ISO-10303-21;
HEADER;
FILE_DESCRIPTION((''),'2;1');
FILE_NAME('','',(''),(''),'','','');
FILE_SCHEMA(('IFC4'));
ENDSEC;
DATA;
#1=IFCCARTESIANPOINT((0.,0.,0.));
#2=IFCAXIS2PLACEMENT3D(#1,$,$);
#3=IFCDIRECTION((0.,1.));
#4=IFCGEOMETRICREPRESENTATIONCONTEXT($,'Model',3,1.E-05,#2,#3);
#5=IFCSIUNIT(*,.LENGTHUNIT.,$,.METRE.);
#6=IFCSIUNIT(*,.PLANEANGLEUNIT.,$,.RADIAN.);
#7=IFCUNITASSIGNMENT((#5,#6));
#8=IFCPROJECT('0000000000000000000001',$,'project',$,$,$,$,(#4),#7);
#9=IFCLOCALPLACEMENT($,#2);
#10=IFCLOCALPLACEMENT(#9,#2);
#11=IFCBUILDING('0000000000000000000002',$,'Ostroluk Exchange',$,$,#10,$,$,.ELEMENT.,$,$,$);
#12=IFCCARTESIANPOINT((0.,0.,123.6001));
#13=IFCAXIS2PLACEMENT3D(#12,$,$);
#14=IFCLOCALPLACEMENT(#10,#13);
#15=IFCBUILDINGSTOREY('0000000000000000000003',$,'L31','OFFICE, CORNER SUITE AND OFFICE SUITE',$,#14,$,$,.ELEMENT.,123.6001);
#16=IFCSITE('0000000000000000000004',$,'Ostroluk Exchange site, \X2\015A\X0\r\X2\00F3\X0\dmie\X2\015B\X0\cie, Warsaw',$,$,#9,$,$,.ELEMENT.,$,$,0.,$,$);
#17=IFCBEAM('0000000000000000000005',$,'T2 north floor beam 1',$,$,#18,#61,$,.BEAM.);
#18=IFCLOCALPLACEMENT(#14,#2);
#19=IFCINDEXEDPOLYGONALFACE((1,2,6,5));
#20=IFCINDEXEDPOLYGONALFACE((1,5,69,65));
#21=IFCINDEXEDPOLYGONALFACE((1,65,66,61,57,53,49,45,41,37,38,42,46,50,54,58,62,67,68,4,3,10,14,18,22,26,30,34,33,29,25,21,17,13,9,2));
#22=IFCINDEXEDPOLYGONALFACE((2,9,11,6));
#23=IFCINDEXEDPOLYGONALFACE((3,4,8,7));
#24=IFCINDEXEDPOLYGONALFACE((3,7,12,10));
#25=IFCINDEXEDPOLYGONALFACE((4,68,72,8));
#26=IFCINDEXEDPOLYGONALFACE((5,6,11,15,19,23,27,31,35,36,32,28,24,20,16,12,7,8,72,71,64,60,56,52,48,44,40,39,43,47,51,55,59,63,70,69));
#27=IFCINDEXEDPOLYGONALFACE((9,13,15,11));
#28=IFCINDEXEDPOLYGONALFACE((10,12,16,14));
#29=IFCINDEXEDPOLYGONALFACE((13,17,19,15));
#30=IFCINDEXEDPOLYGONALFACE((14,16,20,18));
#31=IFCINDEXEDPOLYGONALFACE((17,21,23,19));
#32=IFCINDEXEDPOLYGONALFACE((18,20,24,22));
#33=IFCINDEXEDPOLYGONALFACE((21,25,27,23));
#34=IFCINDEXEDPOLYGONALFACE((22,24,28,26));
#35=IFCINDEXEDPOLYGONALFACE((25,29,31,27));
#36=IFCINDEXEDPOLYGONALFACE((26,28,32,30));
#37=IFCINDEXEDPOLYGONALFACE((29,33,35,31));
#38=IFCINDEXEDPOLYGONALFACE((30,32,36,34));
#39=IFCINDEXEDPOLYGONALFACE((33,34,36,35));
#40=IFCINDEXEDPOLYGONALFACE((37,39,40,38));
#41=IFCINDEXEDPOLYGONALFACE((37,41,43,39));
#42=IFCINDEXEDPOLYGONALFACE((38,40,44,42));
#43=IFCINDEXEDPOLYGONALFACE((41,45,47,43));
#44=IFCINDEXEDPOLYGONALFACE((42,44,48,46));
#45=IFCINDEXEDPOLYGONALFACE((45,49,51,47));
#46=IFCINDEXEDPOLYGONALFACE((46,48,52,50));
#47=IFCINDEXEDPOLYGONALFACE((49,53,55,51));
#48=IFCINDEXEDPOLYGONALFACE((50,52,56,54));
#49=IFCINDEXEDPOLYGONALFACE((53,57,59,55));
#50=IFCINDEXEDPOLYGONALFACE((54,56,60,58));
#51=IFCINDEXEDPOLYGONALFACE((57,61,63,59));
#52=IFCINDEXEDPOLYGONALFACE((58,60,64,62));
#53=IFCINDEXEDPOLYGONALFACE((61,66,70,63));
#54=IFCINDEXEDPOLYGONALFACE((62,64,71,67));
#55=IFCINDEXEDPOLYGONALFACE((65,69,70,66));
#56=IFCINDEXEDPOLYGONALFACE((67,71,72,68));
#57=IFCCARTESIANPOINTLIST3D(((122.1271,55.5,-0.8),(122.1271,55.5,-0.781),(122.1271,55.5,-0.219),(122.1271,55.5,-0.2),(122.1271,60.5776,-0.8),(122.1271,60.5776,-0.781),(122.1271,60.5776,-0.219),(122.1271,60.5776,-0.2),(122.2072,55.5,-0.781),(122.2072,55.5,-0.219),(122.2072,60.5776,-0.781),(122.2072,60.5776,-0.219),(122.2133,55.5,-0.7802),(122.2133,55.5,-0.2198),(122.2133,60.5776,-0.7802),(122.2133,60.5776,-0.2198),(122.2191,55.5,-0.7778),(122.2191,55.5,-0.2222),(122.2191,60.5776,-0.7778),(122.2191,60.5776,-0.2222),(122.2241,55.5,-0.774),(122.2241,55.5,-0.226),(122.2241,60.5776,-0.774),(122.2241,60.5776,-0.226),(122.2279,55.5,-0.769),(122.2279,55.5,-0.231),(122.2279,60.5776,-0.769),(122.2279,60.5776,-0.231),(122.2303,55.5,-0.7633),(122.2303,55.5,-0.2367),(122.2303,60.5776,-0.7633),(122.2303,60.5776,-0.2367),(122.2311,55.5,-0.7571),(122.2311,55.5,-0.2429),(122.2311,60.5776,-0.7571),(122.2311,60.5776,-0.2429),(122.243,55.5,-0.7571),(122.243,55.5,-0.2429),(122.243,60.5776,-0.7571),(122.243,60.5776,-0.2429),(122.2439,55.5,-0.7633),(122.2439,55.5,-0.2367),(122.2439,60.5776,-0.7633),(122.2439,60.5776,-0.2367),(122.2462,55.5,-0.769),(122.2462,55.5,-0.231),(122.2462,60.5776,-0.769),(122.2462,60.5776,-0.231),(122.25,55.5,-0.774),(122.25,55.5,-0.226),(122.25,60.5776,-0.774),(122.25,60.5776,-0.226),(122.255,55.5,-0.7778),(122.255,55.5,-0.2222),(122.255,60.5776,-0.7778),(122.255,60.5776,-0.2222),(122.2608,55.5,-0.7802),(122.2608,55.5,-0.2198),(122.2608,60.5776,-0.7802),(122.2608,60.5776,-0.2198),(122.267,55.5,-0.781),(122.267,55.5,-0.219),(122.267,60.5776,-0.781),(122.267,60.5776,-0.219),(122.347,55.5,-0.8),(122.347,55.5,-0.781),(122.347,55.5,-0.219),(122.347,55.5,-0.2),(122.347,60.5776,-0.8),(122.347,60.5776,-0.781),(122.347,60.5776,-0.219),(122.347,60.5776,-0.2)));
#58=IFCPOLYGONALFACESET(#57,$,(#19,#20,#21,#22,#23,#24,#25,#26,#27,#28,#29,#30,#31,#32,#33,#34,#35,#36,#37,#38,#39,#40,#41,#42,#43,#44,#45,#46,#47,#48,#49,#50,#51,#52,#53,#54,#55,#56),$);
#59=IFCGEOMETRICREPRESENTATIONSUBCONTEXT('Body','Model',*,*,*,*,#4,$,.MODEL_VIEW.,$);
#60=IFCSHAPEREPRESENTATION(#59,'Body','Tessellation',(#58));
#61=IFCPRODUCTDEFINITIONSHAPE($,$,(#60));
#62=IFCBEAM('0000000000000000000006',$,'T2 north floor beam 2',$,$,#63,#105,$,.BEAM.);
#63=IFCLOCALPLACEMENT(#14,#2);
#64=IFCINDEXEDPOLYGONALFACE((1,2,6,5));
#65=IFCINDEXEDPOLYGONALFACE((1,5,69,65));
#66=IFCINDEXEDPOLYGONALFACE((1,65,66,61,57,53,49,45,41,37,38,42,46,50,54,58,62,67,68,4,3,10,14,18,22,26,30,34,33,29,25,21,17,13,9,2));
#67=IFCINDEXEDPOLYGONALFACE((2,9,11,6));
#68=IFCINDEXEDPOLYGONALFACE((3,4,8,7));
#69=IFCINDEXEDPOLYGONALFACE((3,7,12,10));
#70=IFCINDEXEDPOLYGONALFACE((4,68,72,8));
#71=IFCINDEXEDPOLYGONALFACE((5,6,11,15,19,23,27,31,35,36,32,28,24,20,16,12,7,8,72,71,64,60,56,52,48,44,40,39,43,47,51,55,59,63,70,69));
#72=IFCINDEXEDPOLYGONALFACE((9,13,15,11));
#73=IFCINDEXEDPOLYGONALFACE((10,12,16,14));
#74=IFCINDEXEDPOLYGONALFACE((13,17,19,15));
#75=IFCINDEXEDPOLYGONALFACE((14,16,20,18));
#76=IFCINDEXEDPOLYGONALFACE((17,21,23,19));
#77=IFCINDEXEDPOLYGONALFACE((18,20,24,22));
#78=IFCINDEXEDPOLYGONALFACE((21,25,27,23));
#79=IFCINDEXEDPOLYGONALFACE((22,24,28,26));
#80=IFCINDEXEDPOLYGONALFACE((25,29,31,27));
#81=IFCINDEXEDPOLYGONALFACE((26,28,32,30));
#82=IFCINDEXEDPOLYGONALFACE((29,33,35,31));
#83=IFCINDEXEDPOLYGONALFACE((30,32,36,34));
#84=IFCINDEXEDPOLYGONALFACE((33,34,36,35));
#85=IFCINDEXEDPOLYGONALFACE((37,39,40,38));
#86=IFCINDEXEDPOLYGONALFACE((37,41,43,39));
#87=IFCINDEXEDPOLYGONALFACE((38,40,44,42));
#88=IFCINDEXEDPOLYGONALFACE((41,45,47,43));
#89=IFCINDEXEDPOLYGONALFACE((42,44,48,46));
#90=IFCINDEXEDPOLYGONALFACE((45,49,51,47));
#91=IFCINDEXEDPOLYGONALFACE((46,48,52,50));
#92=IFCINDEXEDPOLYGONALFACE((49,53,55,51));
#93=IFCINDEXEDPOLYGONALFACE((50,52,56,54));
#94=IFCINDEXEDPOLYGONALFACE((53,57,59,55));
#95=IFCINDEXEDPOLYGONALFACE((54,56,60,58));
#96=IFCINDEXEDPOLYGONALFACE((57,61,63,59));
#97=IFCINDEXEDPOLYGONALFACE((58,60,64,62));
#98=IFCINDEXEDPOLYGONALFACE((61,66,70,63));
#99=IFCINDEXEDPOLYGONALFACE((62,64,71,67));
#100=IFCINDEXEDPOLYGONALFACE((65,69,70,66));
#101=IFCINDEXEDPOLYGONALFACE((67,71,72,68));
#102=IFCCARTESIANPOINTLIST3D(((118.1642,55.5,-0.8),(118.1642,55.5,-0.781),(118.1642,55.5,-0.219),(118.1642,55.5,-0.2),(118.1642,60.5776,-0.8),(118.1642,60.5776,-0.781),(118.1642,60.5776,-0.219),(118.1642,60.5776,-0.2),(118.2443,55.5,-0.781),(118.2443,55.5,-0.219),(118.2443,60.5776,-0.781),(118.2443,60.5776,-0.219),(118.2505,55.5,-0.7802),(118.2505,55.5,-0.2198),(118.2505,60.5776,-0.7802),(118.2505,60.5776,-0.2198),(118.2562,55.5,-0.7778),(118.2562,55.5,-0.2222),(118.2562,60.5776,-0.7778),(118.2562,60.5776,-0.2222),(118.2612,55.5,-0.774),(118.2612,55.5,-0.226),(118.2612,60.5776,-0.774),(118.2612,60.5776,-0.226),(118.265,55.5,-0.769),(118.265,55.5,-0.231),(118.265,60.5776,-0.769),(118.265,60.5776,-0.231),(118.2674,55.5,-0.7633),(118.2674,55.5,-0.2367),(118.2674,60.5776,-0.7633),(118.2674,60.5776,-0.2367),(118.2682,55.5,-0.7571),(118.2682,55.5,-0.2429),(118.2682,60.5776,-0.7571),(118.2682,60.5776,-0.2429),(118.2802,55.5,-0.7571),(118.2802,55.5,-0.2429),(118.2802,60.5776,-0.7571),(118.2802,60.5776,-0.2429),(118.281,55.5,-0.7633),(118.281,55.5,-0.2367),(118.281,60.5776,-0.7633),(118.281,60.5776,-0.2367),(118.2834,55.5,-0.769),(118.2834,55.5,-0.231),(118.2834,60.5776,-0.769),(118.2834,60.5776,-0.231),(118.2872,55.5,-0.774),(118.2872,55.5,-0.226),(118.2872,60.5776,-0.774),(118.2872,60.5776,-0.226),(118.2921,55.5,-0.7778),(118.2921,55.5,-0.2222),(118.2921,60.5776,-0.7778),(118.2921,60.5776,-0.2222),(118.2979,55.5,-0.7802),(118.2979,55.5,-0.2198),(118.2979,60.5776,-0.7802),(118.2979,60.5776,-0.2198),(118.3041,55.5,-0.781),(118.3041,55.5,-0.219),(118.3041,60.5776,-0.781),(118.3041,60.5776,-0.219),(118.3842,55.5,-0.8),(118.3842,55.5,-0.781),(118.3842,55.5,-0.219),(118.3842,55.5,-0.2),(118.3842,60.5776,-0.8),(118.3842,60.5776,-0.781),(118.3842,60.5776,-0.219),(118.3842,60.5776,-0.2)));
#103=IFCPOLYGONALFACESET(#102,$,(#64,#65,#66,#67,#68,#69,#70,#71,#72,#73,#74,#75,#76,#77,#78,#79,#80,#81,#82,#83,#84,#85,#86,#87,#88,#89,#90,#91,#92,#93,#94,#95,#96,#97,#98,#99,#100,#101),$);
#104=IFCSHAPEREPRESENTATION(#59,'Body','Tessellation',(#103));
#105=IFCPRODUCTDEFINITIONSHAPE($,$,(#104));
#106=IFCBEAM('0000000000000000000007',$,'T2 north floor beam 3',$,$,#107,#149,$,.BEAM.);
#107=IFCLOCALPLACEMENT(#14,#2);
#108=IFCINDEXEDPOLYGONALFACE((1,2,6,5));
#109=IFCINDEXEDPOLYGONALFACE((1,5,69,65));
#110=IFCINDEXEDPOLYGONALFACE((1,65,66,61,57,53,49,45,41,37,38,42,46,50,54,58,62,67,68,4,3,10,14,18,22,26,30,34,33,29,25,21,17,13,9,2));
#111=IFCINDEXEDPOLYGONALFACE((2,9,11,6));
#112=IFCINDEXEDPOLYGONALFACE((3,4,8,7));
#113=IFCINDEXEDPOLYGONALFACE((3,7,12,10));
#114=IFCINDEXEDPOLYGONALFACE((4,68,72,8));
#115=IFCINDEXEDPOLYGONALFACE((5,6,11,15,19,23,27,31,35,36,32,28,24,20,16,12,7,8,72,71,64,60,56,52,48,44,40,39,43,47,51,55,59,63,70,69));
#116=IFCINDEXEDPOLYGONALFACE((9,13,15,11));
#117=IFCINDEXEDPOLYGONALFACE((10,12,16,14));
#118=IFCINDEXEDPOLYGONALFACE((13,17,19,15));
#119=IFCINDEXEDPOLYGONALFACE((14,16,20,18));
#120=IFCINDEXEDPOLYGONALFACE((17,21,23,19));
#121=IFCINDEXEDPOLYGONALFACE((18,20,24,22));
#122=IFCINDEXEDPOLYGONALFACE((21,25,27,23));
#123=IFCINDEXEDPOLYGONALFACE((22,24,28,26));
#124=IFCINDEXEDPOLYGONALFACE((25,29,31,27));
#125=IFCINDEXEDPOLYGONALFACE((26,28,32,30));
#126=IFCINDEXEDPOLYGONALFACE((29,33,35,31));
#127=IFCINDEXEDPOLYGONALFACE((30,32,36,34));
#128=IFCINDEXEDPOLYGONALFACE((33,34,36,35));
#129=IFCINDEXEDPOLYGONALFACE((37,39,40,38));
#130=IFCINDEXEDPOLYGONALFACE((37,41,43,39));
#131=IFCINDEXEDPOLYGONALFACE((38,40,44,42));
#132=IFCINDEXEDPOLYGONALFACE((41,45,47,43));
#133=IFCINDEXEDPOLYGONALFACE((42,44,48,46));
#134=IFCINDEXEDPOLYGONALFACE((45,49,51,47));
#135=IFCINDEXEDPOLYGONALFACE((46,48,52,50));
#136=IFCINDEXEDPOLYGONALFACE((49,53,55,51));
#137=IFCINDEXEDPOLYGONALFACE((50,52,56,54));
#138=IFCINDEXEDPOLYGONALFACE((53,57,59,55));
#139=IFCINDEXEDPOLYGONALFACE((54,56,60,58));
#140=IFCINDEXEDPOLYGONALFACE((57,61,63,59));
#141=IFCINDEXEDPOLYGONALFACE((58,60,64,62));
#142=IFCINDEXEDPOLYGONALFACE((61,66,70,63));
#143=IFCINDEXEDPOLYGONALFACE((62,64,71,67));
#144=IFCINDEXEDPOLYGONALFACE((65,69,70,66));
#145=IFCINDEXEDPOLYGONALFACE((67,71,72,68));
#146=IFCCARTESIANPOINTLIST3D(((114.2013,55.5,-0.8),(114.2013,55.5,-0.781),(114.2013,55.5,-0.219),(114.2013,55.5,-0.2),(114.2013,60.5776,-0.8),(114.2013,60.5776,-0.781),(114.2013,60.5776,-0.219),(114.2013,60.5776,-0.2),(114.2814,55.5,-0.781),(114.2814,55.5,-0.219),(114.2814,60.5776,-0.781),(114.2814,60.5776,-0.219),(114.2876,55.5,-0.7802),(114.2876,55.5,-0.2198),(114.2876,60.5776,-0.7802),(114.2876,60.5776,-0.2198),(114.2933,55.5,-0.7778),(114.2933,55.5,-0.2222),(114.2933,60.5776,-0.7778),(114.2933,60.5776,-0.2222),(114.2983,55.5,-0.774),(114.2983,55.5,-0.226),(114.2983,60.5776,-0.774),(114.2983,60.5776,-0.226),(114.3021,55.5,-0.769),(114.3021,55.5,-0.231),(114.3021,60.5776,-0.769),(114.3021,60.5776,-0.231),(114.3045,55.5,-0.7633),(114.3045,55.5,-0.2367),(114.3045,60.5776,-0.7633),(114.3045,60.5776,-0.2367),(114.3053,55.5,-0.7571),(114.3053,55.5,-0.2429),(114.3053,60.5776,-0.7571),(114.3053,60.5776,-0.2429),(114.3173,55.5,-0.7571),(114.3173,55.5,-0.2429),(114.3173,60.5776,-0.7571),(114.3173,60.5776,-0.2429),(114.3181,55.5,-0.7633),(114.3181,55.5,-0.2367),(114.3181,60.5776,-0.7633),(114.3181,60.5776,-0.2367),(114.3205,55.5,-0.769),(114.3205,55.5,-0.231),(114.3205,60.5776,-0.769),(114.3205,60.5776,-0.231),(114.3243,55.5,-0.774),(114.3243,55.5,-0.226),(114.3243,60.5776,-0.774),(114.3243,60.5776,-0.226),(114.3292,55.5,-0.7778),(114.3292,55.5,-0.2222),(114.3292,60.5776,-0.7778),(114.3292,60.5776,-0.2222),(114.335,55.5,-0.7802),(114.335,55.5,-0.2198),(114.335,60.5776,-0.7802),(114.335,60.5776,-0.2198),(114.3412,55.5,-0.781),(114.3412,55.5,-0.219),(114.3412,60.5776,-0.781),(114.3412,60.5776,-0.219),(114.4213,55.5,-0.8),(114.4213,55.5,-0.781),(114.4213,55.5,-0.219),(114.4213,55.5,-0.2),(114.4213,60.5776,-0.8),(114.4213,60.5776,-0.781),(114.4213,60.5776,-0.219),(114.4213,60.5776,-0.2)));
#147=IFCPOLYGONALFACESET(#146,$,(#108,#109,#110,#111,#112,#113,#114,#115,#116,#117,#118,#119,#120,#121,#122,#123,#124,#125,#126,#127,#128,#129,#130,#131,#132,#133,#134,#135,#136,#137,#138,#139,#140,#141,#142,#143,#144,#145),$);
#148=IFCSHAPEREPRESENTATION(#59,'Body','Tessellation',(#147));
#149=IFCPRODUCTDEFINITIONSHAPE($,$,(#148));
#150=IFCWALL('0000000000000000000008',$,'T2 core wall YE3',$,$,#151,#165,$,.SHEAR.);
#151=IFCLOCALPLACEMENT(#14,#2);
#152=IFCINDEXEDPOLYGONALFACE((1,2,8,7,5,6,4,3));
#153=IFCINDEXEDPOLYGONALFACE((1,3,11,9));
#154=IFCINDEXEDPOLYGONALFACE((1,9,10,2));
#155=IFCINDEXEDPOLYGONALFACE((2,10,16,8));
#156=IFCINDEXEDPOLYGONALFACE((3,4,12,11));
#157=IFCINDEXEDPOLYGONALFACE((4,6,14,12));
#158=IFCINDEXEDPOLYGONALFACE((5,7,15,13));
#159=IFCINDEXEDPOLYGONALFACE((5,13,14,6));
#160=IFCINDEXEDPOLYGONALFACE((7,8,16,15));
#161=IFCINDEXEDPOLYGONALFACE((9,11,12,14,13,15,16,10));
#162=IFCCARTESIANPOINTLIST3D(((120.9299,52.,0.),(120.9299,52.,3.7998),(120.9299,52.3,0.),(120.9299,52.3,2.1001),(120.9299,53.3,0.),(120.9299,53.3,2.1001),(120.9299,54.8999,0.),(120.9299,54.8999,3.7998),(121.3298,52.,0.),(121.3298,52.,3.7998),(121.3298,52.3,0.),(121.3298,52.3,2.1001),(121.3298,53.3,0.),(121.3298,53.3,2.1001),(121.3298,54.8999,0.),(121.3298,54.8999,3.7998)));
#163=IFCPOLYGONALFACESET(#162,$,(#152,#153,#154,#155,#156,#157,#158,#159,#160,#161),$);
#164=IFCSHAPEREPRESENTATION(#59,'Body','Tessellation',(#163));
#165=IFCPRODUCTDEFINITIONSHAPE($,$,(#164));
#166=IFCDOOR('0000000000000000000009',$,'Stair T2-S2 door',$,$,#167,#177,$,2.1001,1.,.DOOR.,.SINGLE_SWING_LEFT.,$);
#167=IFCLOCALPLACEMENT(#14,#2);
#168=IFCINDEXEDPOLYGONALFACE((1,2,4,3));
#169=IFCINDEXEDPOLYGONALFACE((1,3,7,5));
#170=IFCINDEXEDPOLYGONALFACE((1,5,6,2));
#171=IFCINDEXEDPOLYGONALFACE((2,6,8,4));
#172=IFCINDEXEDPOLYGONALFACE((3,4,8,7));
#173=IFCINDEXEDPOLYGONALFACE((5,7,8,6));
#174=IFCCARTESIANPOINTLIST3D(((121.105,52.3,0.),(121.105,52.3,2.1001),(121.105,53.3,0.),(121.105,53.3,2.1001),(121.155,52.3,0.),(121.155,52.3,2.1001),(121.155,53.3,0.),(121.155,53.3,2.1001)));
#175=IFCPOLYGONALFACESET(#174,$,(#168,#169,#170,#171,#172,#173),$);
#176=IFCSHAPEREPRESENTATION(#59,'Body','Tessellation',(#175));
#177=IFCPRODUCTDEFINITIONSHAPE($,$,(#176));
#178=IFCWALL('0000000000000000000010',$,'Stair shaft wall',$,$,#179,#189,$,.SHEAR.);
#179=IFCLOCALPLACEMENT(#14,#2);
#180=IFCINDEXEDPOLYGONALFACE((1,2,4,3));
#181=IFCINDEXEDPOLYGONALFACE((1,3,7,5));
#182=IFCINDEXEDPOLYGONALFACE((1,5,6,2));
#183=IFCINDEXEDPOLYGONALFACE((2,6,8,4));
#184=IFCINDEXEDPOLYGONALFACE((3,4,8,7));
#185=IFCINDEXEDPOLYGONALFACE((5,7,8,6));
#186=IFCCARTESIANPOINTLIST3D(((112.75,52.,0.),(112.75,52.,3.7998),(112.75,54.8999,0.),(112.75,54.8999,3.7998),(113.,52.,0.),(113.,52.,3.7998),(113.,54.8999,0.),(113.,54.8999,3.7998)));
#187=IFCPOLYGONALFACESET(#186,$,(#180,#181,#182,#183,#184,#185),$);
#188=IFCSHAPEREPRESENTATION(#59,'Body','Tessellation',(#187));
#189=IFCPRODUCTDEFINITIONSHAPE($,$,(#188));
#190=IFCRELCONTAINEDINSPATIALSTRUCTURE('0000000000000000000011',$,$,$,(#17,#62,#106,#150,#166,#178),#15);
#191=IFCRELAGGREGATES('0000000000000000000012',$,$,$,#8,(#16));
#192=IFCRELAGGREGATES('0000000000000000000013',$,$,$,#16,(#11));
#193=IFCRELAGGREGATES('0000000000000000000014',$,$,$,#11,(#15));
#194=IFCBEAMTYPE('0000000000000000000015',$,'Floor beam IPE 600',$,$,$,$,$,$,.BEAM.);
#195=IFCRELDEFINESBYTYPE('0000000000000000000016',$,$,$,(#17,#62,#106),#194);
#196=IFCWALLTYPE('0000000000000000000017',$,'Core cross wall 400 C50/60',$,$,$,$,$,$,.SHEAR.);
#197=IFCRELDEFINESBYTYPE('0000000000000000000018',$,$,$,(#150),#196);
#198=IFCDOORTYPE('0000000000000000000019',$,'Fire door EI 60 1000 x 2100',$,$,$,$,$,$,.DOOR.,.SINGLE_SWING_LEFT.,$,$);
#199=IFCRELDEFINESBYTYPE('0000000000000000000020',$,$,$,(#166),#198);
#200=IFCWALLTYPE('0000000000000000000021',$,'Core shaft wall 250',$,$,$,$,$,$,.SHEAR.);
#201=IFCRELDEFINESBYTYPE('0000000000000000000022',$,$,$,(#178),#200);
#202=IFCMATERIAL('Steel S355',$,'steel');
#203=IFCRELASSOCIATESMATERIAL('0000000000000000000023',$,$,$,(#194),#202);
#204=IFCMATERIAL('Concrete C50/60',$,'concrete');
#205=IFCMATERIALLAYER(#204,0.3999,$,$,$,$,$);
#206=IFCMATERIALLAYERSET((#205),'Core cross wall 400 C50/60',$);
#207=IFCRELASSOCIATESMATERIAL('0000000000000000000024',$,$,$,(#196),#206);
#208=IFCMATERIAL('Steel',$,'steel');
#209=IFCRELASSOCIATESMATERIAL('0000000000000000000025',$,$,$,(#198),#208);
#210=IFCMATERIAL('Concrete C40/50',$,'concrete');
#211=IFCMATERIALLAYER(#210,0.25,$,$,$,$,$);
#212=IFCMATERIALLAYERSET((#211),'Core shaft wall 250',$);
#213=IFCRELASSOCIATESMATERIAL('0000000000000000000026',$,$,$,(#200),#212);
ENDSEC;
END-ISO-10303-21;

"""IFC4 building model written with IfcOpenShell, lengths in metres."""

from ifc_helpers import new_model, si_unit, direction, frame, frame_2d, origin, origin_2d, place, context, subcontext, project, spatial, rectangle, i_section, extrude, material, layer, layer_set, material_profile, profile_set, type_object, element, fill, save


model = new_model("IFC4")

# Units and contexts
model_context = context("Model", 3, precision=1e-05, world=origin(), true_north=direction((0.0, 1.0)))
body_context = subcontext(model_context, "Body", "Model", "MODEL_VIEW")
ifc_project = project(units=[si_unit("LENGTHUNIT", "METRE"), si_unit("PLANEANGLEUNIT", "RADIAN")], contexts=[model_context])

# Site, building, storey
site_placement = place(None, origin())
site = spatial("IfcSite", under=ifc_project, at=site_placement, Name="Ostroluk Exchange site, Śródmieście, Warsaw", CompositionType="ELEMENT", RefElevation=0.0)
building_placement = place(site_placement, origin())
building = spatial("IfcBuilding", under=site, at=building_placement, Name="Ostroluk Exchange", CompositionType="ELEMENT")
storey_placement = place(building_placement, frame((0.0, 0.0, 123.6001)))
storey = spatial("IfcBuildingStorey", under=building, at=storey_placement, Name="L31", Description="OFFICE, CORNER SUITE AND OFFICE SUITE", CompositionType="ELEMENT", Elevation=123.6001)

# Beams
ifc_material_1 = material(Name="Steel S355", Category="steel")
ifc_material_profile = material_profile(ifc_material_1, i_section(OverallWidth=0.22, OverallDepth=0.6001, WebThickness=0.012, FlangeThickness=0.019, FilletRadius=0.0239, at=origin_2d()), Name="IPE 600")
ifc_profile_set = profile_set([ifc_material_profile], Name="Steel S355")
beam_type = type_object("IfcBeamType", Name="Floor beam IPE 600", PredefinedType="BEAM", material=ifc_profile_set)
for number, where, z_axis, x_axis, name in (
    (1, (122.2371, 55.5, -0.5), (0.0, 1.0, 0.0), (-1.0, 0.0, 0.0), "T2 north floor beam 1"),
    (2, (118.2742, 55.5, -0.5), (0.0, 1.0, 0.0), (-1.0, 0.0, 0.0), "T2 north floor beam 2"),
    (3, (114.3113, 55.5, -0.5), (0.0, 1.0, 0.0), (-1.0, 0.0, 0.0), "T2 north floor beam 3"),
):
    element("IfcBeam", number, at=place(storey_placement, frame(where, z_axis=z_axis, x_axis=x_axis)), inside=storey, type_object=beam_type, Name=name, PredefinedType="BEAM", context=body_context, shape_type="SweptSolid", body=[
        extrude(i_section(OverallWidth=0.22, OverallDepth=0.6001, WebThickness=0.012, FlangeThickness=0.019, FilletRadius=0.0239, at=origin_2d()), origin(), (0.0, 0.0, 1.0), 5.0776),
    ])

# Wall, opening, door
ifc_material_2 = material(Name="Concrete C50/60", Category="concrete")
ifc_layer_1 = layer(ifc_material_2, 0.3999)
ifc_layer_set_1 = layer_set([ifc_layer_1], Name="Core cross wall 400 C50/60")
wall_type_1 = type_object("IfcWallType", Name="Core cross wall 400 C50/60", PredefinedType="SHEAR", material=ifc_layer_set_1)
wall_1_placement = place(storey_placement, frame((121.1299, 52.0, 0.0), z_axis=(0.0, 0.0, 1.0), x_axis=(0.0, 1.0, 0.0)))
wall_1 = element("IfcWall", 4, at=wall_1_placement, inside=storey, type_object=wall_type_1, Name="T2 core wall YE3", PredefinedType="SHEAR", context=body_context, shape_type="SweptSolid", body=[
    extrude(rectangle(XDim=2.8999, YDim=0.3999, at=frame_2d((1.45, 0.0))), origin(), (0.0, 0.0, 1.0), 3.7998),
])
opening_1_placement = place(wall_1_placement, frame((0.3, 0.0, 0.0)))
opening_1 = element("IfcOpeningElement", 5, at=opening_1_placement, cuts=wall_1, PredefinedType="OPENING", context=body_context, shape_type="SweptSolid", body=[
    extrude(rectangle(XDim=1.0, YDim=2.1001, at=frame_2d((0.5, 1.05))), frame((0.0, 0.21, 0.0), z_axis=(0.0, -1.0, 0.0), x_axis=(1.0, 0.0, 0.0)), (0.0, 0.0, 1.0), 0.4199),
])
ifc_material_3 = material(Name="Steel", Category="steel")
door_type_1 = type_object("IfcDoorType", Name="Fire door EI 60 1000 x 2100", OperationType="SINGLE_SWING_LEFT", PredefinedType="DOOR", material=ifc_material_3)
door_1_placement = place(opening_1_placement, origin())
door_1 = element("IfcDoor", 6, at=door_1_placement, inside=storey, type_object=door_type_1, Name="Stair T2-S2 door", OperationType="SINGLE_SWING_LEFT", OverallHeight=2.1001, OverallWidth=1.0, PredefinedType="DOOR", context=body_context, shape_type="SweptSolid", body=[
    extrude(rectangle(XDim=1.0, YDim=2.1001, at=frame_2d((0.5, 1.05))), frame((0.0, 0.0249, 0.0), z_axis=(0.0, -1.0, 0.0), x_axis=(1.0, 0.0, 0.0)), (0.0, 0.0, 1.0), 0.05),
])
fill(opening_1, door_1)

# Wall
ifc_material_4 = material(Name="Concrete C40/50", Category="concrete")
ifc_layer_2 = layer(ifc_material_4, 0.25)
ifc_layer_set_2 = layer_set([ifc_layer_2], Name="Core shaft wall 250")
wall_type_2 = type_object("IfcWallType", Name="Core shaft wall 250", PredefinedType="SHEAR", material=ifc_layer_set_2)
wall_2_placement = place(storey_placement, frame((112.875, 52.0, 0.0), z_axis=(0.0, 0.0, 1.0), x_axis=(0.0, 1.0, 0.0)))
element("IfcWall", 7, at=wall_2_placement, inside=storey, type_object=wall_type_2, Name="Stair shaft wall", PredefinedType="SHEAR", context=body_context, shape_type="SweptSolid", body=[
    extrude(rectangle(XDim=2.8999, YDim=0.25, at=frame_2d((1.45, 0.0))), origin(), (0.0, 0.0, 1.0), 3.7998),
])

save(model, "model.ifc")
